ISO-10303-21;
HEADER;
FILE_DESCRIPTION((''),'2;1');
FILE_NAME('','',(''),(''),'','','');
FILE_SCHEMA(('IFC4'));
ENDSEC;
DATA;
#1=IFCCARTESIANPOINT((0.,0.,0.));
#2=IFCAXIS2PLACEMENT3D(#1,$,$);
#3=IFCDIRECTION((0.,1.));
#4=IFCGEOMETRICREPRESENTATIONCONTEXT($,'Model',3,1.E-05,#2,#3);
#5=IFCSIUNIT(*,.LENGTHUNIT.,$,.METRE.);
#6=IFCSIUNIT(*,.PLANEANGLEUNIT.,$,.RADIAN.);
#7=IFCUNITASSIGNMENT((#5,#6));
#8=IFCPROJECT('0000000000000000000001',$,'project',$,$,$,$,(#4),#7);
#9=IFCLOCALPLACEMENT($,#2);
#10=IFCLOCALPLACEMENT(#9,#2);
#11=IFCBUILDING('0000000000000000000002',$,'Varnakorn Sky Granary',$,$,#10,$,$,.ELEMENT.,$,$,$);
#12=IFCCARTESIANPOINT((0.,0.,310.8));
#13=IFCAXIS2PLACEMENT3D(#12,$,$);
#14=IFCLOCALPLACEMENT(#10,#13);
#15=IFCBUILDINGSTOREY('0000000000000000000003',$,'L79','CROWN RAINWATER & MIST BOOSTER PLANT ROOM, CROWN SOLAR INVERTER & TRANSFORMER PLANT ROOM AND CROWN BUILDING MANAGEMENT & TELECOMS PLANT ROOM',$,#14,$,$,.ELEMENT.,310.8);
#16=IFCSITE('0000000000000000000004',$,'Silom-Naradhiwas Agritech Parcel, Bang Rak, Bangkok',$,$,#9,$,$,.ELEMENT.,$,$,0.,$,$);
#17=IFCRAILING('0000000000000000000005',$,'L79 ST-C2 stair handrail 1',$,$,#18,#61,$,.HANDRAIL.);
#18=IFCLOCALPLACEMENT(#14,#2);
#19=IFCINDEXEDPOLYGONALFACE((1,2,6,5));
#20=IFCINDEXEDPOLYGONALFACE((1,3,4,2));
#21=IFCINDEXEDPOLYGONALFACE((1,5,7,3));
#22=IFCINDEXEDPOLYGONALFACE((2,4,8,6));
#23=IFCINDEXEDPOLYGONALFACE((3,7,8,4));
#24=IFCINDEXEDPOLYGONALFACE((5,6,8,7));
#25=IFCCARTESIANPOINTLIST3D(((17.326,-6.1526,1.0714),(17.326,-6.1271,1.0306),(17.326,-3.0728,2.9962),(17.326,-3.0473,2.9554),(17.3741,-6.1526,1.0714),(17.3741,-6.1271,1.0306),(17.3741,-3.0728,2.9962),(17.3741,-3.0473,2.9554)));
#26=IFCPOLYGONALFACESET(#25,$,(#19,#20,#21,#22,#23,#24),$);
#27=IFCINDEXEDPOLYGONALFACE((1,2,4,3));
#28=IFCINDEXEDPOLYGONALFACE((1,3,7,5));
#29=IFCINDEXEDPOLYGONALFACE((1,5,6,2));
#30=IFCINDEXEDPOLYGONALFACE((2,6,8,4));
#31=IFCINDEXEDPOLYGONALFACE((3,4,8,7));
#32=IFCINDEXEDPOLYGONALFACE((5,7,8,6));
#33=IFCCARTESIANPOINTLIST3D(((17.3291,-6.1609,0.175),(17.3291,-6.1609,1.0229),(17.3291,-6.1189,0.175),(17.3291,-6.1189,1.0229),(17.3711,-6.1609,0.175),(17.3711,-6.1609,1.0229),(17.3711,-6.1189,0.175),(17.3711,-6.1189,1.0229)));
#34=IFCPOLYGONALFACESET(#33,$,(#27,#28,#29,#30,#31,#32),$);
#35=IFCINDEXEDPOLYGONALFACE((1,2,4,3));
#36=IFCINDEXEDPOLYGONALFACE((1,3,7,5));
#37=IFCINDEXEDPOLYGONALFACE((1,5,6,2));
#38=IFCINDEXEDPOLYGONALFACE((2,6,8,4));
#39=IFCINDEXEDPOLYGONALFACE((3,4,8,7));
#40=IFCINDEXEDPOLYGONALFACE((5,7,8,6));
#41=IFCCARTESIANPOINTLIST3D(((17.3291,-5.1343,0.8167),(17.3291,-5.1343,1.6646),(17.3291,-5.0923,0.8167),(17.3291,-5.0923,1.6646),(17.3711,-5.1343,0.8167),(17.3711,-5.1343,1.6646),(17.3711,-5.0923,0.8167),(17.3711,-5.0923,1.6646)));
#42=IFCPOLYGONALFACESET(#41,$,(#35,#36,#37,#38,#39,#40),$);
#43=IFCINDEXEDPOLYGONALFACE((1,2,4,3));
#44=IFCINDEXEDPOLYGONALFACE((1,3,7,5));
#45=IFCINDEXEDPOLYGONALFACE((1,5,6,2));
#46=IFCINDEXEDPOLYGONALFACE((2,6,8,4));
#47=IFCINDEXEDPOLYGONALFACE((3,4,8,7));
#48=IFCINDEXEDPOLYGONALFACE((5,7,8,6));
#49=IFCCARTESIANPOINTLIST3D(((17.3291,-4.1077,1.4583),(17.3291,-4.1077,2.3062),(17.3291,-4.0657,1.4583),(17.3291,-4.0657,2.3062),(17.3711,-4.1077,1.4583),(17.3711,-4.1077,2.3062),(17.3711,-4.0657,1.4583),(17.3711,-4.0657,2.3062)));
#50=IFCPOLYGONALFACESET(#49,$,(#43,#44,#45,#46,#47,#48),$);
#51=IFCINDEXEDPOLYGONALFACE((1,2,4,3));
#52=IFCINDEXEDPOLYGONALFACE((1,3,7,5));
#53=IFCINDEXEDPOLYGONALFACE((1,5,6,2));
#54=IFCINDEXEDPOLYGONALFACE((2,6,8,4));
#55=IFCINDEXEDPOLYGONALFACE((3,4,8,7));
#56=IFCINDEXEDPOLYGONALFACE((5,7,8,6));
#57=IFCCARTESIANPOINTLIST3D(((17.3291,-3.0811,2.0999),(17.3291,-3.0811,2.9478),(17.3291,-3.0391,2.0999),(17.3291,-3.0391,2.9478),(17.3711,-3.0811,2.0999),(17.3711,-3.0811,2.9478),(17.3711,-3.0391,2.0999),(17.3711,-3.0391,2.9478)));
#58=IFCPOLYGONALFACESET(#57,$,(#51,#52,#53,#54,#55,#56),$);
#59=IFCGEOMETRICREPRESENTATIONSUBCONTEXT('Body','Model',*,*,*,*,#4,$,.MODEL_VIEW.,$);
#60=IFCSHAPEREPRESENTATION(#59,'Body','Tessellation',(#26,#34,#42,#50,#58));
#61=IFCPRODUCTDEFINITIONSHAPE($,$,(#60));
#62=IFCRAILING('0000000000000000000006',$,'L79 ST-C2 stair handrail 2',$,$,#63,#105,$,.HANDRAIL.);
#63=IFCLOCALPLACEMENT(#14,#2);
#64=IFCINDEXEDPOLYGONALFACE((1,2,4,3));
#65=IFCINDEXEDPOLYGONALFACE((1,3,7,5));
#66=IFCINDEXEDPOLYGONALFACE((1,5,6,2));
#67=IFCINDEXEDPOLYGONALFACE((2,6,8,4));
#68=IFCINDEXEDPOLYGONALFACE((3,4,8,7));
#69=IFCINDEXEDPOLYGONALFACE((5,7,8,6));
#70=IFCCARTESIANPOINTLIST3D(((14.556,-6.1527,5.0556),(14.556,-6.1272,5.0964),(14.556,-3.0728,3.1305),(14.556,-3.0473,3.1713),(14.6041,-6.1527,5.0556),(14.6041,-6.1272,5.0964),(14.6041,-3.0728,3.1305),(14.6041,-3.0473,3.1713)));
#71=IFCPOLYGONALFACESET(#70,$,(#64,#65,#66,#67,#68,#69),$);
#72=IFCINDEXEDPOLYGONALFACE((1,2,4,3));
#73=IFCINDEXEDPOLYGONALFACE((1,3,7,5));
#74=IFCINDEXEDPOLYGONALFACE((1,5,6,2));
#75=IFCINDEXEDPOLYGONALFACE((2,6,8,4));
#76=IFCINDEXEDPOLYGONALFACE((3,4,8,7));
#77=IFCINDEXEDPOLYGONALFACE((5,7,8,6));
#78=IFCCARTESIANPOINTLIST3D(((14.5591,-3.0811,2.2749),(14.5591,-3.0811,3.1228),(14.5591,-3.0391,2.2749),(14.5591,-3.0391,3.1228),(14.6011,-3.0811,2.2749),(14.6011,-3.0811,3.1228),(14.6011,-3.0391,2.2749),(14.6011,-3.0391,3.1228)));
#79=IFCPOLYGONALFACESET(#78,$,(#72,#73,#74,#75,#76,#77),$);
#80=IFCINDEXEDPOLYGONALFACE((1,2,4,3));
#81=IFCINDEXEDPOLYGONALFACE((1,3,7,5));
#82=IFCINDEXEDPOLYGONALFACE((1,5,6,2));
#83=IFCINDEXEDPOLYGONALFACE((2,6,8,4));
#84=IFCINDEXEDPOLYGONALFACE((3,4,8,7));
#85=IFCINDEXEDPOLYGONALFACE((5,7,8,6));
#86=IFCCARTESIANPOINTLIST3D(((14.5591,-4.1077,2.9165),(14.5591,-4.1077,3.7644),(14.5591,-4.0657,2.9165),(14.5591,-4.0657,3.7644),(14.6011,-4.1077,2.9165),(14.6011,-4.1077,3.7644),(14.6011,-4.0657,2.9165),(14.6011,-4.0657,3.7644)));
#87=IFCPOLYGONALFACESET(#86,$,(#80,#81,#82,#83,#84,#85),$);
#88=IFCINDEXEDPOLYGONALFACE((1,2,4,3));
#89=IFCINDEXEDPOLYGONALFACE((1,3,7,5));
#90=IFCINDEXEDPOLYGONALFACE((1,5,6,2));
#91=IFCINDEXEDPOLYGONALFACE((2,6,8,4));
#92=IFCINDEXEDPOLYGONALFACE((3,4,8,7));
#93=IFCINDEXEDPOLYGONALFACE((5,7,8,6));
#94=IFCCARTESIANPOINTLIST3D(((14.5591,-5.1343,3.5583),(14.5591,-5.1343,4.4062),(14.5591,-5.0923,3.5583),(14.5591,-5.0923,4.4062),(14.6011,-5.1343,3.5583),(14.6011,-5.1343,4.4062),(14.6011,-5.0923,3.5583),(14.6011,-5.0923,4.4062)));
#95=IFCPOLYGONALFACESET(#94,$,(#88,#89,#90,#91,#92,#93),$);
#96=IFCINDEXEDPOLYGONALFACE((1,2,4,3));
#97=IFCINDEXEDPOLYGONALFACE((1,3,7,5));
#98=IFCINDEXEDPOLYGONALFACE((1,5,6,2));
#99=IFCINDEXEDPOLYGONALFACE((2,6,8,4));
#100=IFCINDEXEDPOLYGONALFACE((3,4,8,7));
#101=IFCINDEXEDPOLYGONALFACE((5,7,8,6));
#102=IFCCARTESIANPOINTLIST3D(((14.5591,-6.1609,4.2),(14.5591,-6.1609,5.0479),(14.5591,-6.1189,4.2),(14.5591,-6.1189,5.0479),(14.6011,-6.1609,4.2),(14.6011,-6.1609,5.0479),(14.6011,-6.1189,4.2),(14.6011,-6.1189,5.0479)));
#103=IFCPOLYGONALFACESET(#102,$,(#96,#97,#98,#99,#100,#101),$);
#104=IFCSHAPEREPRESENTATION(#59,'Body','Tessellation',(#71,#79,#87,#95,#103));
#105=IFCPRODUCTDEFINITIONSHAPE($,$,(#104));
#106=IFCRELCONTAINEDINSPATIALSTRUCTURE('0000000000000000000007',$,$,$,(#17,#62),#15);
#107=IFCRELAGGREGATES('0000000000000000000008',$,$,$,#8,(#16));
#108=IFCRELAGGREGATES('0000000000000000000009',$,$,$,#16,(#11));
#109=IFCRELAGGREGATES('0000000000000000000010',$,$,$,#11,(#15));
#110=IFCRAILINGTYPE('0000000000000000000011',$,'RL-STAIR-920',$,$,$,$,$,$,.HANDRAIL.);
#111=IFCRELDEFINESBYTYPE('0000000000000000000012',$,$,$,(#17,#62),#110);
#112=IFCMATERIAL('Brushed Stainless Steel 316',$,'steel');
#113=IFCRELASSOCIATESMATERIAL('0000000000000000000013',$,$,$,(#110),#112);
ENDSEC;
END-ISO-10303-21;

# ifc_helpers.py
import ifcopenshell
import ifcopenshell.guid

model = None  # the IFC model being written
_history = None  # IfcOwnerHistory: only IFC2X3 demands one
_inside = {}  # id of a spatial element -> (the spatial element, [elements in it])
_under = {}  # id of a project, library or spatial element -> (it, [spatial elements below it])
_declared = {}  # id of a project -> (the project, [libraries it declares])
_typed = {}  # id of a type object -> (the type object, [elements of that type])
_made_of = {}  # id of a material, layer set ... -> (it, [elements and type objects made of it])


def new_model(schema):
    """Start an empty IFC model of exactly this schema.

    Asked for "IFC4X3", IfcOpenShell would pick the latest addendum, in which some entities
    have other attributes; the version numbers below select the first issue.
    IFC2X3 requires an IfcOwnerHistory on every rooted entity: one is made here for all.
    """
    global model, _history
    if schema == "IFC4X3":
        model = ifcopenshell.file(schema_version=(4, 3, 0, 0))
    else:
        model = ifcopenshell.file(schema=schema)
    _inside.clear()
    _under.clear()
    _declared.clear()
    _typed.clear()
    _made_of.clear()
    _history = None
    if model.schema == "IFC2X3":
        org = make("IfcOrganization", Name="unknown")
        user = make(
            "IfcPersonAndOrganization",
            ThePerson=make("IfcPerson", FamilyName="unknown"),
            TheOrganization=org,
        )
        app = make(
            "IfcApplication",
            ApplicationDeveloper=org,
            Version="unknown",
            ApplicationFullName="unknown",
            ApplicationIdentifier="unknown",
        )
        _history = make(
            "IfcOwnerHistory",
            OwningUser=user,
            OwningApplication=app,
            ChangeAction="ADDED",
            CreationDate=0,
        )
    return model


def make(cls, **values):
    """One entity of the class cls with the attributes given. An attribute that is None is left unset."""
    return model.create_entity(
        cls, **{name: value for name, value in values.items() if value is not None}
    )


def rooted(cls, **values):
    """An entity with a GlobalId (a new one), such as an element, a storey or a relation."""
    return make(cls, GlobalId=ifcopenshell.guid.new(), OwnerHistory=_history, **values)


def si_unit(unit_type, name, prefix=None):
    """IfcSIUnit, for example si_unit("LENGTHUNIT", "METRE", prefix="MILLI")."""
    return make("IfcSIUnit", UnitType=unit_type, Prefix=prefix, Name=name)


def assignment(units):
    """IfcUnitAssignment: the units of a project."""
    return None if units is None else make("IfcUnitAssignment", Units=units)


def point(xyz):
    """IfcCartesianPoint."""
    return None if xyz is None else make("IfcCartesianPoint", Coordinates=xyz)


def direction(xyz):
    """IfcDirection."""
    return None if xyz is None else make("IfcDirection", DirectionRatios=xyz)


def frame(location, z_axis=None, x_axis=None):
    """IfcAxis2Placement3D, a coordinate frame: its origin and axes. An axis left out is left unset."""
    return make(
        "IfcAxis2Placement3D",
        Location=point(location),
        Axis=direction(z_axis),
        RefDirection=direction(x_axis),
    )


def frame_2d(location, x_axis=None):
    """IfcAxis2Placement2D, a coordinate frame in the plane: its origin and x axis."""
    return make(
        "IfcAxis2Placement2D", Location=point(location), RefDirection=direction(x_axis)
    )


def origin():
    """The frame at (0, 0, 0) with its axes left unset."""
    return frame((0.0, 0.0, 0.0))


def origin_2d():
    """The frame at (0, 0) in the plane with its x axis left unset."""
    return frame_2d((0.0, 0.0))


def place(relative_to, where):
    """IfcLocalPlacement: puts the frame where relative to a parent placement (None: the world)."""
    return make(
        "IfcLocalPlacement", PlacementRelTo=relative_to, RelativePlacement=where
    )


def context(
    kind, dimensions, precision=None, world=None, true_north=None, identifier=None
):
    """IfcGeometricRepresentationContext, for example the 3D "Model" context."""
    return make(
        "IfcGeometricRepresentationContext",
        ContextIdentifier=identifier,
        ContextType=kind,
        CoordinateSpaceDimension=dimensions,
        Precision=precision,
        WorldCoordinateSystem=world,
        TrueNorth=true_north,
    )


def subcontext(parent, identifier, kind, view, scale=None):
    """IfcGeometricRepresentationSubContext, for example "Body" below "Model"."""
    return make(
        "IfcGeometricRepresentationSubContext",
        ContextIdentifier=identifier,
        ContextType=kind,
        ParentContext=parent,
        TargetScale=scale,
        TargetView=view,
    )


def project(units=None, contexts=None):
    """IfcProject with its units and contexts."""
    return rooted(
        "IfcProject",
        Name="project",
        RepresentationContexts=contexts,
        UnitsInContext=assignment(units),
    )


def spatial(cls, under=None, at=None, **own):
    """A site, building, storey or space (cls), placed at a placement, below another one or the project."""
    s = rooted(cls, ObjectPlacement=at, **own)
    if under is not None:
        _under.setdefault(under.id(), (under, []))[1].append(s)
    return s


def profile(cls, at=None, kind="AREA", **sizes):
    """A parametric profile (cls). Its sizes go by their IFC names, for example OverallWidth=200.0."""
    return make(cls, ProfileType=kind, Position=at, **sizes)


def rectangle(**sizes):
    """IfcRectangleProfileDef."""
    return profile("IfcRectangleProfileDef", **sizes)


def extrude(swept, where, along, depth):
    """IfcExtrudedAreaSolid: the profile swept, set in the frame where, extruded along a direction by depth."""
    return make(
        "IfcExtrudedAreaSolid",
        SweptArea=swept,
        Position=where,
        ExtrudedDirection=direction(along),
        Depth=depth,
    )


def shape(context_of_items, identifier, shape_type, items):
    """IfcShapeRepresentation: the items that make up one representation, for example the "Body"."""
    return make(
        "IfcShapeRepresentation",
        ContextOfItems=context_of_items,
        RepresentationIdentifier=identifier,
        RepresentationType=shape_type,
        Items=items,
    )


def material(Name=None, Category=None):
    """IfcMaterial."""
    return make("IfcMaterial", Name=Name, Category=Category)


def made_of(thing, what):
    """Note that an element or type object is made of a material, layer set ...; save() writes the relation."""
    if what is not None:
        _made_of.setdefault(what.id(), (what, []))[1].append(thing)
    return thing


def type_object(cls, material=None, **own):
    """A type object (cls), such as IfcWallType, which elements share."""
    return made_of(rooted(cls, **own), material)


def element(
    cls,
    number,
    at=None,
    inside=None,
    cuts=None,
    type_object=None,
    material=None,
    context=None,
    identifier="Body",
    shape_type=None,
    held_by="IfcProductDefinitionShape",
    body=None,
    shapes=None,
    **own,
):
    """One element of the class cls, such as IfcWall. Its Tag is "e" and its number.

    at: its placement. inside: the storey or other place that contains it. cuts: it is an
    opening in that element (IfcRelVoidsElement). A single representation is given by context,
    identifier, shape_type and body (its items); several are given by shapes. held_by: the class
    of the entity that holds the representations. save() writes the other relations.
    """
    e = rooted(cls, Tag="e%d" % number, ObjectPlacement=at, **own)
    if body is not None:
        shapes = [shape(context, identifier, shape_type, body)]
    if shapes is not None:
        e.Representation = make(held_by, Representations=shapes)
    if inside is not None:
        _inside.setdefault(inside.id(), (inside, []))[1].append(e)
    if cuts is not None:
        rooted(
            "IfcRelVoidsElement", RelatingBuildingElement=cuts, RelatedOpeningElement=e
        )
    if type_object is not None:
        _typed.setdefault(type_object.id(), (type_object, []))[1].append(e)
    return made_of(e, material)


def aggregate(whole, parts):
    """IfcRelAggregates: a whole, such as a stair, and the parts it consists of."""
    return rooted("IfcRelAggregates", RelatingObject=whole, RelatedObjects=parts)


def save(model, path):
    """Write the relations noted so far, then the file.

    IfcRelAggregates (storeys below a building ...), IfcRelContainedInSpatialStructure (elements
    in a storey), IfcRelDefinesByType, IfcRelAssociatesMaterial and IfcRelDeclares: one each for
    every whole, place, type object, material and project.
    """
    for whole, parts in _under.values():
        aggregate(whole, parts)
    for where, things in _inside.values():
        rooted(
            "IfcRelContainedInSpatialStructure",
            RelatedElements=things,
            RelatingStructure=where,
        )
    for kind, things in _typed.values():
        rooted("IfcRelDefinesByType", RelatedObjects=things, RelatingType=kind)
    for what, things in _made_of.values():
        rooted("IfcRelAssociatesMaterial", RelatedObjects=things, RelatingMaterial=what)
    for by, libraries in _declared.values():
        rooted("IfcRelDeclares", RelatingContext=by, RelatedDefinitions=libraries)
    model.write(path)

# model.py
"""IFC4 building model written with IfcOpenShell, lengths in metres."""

from ifc_helpers import new_model, si_unit, direction, frame, origin, origin_2d, place, context, subcontext, project, spatial, rectangle, extrude, material, type_object, element, save


model = new_model("IFC4")

# Units and contexts
model_context = context("Model", 3, precision=1e-05, world=origin(), true_north=direction((0.0, 1.0)))
body_context = subcontext(model_context, "Body", "Model", "MODEL_VIEW")
ifc_project = project(units=[si_unit("LENGTHUNIT", "METRE"), si_unit("PLANEANGLEUNIT", "RADIAN")], contexts=[model_context])

# Site, building, storey
site_placement = place(None, origin())
site = spatial("IfcSite", under=ifc_project, at=site_placement, Name="Silom-Naradhiwas Agritech Parcel, Bang Rak, Bangkok", CompositionType="ELEMENT", RefElevation=0.0)
building_placement = place(site_placement, origin())
building = spatial("IfcBuilding", under=site, at=building_placement, Name="Varnakorn Sky Granary", CompositionType="ELEMENT")
storey_placement = place(building_placement, frame((0.0, 0.0, 310.8)))
storey = spatial("IfcBuildingStorey", under=building, at=storey_placement, Name="L79", Description="CROWN RAINWATER & MIST BOOSTER PLANT ROOM, CROWN SOLAR INVERTER & TRANSFORMER PLANT ROOM AND CROWN BUILDING MANAGEMENT & TELECOMS PLANT ROOM", CompositionType="ELEMENT", Elevation=310.8)

# Railings
ifc_material_1 = material(Name="Brushed Stainless Steel 316", Category="steel")
railing_type_1 = type_object("IfcRailingType", Name="RL-STAIR-920", PredefinedType="HANDRAIL", material=ifc_material_1)
railing_1_placement = place(storey_placement, frame((17.3501, -6.1399, 0.175)))
element("IfcRailing", 1, at=railing_1_placement, inside=storey, type_object=railing_type_1, Name="L79 ST-C2 stair handrail 1", PredefinedType="HANDRAIL", context=body_context, shape_type="SweptSolid", body=[
    extrude(rectangle(XDim=0.0481, YDim=0.0481, at=origin_2d()), frame((0.0, 0.0, 0.876), z_axis=(0.0, 0.84801, 0.529981), x_axis=(-1.0, 0.0, 0.0)), (0.0, 0.0, 1.0), 3.6318),
    extrude(rectangle(XDim=0.042, YDim=0.042, at=origin_2d()), origin(), (0.0, 0.0, 1.0), 0.8479),
    extrude(rectangle(XDim=0.042, YDim=0.042, at=origin_2d()), frame((0.0, 1.0266, 0.6416)), (0.0, 0.0, 1.0), 0.8479),
    extrude(rectangle(XDim=0.042, YDim=0.042, at=origin_2d()), frame((0.0, 2.0532, 1.2832)), (0.0, 0.0, 1.0), 0.8479),
    extrude(rectangle(XDim=0.042, YDim=0.042, at=origin_2d()), frame((0.0, 3.0798, 1.9248)), (0.0, 0.0, 1.0), 0.8479),
])
railing_2_placement = place(storey_placement, frame((14.5801, -3.0601, 2.2749)))
element("IfcRailing", 2, at=railing_2_placement, inside=storey, type_object=railing_type_1, Name="L79 ST-C2 stair handrail 2", PredefinedType="HANDRAIL", context=body_context, shape_type="SweptSolid", body=[
    extrude(rectangle(XDim=0.0481, YDim=0.0481, at=origin_2d()), frame((0.0, 0.0, 0.876), z_axis=(0.0, -0.847979, 0.530029), x_axis=(1.0, 0.0, 0.0)), (0.0, 0.0, 1.0), 3.6321),
    extrude(rectangle(XDim=0.042, YDim=0.042, at=origin_2d()), origin(), (0.0, 0.0, 1.0), 0.8479),
    extrude(rectangle(XDim=0.042, YDim=0.042, at=origin_2d()), frame((0.0, -1.0266, 0.6416)), (0.0, 0.0, 1.0), 0.8479),
    extrude(rectangle(XDim=0.042, YDim=0.042, at=origin_2d()), frame((0.0, -2.0532, 1.2834)), (0.0, 0.0, 1.0), 0.8479),
    extrude(rectangle(XDim=0.042, YDim=0.042, at=origin_2d()), frame((0.0, -3.0798, 1.925)), (0.0, 0.0, 1.0), 0.8479),
])

save(model, "model.ifc")
